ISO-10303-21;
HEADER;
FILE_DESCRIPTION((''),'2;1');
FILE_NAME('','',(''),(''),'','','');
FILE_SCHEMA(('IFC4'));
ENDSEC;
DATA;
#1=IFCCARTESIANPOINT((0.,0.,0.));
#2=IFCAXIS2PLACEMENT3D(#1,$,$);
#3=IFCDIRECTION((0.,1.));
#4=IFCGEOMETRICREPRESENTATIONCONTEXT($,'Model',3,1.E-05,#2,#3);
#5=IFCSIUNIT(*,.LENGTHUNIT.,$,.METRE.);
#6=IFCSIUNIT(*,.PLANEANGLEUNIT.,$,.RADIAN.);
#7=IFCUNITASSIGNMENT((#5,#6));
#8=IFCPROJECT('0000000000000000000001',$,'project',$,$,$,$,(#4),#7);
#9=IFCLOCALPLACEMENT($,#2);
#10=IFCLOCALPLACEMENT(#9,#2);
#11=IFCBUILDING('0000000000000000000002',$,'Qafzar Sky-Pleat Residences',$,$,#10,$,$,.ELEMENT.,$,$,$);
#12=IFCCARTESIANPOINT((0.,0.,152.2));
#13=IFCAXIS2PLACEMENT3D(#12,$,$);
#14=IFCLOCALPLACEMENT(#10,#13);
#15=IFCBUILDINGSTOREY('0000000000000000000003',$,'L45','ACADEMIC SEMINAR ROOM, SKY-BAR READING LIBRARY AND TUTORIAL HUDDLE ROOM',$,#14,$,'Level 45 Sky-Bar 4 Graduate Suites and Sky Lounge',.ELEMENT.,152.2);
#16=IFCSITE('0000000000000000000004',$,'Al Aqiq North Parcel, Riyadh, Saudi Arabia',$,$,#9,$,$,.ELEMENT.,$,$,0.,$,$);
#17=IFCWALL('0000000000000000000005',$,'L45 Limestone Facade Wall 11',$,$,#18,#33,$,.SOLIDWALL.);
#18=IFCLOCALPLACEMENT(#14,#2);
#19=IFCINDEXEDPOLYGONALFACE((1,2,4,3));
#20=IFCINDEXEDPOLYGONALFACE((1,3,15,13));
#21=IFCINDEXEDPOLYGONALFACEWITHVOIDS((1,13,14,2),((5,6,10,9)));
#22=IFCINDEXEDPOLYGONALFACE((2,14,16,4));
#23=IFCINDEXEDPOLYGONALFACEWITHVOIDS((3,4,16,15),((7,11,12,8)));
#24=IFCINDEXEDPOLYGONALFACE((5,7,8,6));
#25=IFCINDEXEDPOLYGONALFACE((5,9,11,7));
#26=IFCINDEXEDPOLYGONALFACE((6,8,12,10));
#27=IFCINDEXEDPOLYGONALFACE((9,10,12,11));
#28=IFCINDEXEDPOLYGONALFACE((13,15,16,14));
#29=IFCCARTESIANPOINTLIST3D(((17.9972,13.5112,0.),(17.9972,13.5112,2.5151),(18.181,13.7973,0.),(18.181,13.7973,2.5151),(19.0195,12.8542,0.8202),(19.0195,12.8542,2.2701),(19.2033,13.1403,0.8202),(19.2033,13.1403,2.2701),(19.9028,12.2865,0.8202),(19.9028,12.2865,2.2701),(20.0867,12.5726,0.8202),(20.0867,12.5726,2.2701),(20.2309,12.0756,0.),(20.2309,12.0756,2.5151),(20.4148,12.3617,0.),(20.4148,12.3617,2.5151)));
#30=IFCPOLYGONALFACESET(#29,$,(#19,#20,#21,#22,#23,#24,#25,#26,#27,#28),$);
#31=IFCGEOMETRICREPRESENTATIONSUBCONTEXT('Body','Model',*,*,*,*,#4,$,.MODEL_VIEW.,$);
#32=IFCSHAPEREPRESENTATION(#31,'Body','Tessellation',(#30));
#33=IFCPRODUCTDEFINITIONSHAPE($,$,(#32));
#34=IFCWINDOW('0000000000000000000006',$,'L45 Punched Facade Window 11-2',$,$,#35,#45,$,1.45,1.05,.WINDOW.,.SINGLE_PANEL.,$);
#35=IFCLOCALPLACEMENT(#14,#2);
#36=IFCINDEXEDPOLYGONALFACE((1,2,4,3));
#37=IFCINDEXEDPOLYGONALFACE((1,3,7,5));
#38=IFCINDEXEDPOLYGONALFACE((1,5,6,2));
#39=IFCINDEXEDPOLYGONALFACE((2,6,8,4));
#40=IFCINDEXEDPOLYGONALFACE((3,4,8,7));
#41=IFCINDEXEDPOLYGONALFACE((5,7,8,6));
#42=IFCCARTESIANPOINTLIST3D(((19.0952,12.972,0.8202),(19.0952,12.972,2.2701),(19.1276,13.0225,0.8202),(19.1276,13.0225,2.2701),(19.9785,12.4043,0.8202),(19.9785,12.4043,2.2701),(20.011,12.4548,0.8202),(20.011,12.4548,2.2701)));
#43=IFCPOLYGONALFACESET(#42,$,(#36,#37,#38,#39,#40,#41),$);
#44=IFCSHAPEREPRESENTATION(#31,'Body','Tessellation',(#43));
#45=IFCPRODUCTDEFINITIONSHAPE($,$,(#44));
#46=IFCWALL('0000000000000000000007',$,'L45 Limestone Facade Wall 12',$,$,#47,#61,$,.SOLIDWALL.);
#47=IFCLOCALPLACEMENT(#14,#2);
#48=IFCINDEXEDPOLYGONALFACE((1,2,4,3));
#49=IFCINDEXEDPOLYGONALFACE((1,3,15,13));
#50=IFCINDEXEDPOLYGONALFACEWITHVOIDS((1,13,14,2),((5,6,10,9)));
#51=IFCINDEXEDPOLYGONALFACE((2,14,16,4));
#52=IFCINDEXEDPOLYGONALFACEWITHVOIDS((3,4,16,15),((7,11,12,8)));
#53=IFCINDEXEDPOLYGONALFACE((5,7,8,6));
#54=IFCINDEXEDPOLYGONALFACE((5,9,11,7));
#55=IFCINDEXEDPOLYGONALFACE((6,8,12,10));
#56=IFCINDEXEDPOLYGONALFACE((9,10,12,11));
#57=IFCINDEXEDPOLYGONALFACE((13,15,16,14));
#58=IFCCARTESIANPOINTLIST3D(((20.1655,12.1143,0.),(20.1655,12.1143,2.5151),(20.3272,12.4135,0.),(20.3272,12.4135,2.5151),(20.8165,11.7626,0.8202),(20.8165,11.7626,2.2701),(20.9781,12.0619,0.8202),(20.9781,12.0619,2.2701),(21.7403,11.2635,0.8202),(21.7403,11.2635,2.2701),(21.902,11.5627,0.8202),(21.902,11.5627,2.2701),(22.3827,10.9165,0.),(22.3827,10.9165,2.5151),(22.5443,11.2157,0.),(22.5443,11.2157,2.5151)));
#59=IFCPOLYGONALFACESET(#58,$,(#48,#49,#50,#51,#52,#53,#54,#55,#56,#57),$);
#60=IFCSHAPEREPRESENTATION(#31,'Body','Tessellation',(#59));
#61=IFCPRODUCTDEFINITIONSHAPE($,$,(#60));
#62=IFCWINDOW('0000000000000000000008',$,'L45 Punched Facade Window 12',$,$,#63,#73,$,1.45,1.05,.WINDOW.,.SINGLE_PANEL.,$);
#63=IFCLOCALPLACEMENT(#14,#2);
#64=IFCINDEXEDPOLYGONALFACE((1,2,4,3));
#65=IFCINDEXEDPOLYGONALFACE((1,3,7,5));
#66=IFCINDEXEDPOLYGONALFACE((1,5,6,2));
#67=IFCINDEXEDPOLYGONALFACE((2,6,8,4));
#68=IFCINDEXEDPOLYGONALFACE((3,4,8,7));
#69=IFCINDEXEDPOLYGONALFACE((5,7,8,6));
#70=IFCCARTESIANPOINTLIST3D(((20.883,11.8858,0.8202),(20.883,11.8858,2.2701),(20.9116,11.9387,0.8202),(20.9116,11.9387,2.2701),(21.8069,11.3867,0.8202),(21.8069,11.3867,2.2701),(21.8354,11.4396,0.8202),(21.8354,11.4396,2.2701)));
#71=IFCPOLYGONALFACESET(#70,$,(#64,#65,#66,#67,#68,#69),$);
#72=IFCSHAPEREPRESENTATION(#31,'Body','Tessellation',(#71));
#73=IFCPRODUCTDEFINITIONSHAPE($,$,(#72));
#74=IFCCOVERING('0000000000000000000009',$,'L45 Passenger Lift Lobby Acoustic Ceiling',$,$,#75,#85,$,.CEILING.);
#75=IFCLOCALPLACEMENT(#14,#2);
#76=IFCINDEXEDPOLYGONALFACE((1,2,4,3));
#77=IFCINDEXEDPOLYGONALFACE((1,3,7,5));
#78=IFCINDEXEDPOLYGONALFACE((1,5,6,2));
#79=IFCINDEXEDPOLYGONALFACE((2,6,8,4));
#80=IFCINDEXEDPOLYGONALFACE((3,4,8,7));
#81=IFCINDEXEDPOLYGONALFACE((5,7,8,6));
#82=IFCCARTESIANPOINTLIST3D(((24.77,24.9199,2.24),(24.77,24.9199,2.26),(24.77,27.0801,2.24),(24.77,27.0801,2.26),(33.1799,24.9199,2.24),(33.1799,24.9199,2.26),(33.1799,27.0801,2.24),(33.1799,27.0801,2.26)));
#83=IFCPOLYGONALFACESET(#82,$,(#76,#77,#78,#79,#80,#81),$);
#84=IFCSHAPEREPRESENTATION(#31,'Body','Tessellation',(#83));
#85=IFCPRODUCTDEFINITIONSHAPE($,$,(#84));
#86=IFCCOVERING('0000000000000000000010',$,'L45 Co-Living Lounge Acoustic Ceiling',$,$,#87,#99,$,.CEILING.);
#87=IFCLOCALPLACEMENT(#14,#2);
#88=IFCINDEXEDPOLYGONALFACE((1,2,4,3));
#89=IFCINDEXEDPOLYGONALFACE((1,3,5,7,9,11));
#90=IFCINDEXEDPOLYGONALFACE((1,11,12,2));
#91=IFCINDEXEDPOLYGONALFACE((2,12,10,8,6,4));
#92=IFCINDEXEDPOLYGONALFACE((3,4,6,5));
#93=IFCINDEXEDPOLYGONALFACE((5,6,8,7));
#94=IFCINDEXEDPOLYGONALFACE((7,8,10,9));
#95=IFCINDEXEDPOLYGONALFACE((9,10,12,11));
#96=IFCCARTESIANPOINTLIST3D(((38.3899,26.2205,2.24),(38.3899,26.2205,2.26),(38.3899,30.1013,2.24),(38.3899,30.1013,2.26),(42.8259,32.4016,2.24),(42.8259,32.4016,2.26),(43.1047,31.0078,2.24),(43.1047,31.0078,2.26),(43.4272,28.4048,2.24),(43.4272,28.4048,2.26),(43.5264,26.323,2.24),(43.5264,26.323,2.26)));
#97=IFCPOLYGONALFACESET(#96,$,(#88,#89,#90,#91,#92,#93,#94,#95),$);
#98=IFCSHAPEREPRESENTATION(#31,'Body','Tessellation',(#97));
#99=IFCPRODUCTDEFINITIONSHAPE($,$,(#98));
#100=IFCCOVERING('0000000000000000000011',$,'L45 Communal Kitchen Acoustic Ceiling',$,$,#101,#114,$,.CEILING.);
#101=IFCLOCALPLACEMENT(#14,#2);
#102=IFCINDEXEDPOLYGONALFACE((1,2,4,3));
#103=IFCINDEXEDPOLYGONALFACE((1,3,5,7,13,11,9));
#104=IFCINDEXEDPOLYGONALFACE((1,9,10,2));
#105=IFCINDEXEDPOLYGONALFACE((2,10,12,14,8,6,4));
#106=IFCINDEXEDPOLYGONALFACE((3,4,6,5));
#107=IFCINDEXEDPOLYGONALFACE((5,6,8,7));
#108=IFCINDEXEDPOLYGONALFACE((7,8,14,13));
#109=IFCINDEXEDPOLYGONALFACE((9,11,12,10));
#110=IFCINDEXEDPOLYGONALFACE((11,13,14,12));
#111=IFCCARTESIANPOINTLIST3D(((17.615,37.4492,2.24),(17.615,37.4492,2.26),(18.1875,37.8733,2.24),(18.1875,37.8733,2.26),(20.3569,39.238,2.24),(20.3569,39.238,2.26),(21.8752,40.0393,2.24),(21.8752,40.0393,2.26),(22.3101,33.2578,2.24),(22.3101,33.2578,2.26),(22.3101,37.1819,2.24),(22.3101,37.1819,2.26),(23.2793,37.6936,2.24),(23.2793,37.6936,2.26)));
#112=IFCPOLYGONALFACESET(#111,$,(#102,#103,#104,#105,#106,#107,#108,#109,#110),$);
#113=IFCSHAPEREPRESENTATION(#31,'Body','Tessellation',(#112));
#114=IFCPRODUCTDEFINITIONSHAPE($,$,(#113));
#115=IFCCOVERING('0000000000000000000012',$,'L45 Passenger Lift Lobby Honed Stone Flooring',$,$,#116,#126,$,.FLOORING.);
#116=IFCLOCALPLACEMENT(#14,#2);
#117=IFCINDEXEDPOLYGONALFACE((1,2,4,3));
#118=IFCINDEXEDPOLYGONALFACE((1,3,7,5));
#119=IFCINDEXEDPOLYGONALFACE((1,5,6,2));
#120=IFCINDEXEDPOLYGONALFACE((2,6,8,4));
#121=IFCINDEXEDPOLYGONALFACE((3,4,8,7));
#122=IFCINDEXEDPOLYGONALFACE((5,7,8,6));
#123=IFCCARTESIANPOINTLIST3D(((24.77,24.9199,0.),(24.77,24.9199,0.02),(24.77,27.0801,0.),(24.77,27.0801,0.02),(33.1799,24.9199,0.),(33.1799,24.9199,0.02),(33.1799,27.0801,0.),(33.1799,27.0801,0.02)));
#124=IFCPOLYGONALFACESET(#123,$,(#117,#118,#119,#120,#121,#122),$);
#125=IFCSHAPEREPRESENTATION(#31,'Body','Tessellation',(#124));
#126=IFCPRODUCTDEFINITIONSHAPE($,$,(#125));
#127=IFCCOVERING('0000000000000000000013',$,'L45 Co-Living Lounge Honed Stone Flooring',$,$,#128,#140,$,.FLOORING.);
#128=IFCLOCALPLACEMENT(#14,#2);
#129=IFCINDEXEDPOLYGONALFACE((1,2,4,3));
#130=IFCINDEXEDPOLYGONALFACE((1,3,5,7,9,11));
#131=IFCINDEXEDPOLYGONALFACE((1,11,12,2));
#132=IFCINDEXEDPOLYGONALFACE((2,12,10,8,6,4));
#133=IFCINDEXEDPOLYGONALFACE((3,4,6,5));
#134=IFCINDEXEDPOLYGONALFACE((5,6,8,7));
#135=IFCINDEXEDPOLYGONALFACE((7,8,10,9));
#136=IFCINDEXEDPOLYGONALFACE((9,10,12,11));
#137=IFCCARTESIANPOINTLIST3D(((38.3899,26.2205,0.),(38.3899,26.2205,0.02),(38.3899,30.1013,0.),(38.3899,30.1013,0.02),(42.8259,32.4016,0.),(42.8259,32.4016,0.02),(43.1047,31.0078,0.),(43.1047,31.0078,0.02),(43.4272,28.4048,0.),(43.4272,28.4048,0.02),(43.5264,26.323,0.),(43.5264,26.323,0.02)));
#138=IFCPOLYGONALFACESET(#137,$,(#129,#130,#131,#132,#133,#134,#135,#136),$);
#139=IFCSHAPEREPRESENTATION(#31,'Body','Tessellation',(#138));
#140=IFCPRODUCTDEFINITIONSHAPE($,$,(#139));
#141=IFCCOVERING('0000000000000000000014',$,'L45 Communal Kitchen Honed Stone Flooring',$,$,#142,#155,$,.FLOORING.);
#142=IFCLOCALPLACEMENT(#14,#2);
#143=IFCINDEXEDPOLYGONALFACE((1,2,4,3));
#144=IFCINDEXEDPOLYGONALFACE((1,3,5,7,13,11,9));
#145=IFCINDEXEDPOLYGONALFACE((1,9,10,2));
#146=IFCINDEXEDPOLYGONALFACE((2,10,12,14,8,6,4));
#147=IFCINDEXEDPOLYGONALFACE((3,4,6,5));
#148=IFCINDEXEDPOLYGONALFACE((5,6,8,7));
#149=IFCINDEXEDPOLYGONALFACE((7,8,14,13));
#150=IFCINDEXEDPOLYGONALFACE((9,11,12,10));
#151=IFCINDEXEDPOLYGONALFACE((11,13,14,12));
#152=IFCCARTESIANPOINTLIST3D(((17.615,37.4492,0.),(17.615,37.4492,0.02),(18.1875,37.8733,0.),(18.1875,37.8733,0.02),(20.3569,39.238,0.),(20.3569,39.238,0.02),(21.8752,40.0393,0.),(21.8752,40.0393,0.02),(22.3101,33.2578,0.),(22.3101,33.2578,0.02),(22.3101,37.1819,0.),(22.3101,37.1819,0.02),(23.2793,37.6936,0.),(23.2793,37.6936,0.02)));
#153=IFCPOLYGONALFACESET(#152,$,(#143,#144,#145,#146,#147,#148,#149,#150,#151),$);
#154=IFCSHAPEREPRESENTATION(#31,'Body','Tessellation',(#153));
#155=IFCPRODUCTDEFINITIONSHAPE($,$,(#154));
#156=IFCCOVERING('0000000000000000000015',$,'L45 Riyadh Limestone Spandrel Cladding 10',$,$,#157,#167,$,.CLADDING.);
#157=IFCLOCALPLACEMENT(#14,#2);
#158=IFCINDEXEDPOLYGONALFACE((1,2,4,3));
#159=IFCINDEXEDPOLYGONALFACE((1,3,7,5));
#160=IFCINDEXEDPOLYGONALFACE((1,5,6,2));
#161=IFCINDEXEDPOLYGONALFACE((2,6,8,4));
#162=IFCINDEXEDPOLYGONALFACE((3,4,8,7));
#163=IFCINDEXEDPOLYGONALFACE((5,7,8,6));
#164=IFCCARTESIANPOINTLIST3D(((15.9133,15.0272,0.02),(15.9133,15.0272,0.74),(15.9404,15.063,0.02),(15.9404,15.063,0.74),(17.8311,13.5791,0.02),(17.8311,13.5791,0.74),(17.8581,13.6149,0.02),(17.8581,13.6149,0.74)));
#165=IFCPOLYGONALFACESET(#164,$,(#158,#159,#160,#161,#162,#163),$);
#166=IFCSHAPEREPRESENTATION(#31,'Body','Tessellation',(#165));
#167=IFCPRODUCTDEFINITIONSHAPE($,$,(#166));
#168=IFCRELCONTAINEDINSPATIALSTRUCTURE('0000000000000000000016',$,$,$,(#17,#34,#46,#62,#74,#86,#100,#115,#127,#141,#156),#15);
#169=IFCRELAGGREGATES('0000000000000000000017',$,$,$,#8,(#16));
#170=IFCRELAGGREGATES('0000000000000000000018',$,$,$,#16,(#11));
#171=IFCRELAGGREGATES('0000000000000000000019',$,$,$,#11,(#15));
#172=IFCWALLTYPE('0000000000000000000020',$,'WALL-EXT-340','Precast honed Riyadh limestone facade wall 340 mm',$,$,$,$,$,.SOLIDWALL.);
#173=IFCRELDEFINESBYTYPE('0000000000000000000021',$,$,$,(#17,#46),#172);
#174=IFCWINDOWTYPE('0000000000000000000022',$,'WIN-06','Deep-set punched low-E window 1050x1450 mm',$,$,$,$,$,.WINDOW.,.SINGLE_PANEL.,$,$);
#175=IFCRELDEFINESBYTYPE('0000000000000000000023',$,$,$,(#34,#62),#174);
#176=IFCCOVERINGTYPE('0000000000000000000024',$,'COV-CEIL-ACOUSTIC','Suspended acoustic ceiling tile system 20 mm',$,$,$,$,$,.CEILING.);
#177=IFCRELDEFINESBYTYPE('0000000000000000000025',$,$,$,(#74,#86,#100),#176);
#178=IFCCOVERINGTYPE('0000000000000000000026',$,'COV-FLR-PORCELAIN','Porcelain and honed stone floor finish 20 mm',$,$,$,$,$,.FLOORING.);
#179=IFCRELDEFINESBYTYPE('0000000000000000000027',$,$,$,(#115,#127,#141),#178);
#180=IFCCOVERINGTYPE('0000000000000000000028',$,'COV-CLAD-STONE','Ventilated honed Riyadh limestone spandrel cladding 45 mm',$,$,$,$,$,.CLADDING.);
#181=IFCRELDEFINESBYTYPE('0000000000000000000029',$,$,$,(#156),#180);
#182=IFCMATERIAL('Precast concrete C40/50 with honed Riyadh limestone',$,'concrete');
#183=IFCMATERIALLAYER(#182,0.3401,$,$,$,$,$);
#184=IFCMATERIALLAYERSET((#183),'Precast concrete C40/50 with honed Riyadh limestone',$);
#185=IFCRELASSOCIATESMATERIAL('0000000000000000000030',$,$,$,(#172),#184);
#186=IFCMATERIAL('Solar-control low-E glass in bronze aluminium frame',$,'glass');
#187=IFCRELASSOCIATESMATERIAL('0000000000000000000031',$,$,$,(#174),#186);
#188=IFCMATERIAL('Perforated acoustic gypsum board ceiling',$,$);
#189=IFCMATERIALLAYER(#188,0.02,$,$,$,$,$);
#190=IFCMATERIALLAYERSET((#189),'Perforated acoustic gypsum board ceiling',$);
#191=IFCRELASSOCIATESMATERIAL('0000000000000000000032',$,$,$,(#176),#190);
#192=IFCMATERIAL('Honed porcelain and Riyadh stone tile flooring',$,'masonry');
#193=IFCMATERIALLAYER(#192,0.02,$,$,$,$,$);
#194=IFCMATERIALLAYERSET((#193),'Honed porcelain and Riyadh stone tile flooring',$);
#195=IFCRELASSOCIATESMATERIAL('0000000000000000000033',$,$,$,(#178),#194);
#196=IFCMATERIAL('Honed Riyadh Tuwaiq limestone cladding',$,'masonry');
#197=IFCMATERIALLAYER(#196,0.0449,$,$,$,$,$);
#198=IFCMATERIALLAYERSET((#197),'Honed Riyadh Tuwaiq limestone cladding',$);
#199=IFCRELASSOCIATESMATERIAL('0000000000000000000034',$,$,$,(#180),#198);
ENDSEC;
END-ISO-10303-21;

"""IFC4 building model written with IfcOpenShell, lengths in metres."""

from ifc_helpers import new_model, si_unit, direction, frame, frame_2d, origin, origin_2d, place, context, subcontext, project, spatial, polyline, rectangle, outline, extrude, source, transform, mapped, material, layer, layer_set, type_object, element, fill, save


model = new_model("IFC4")

# Units and contexts
model_context = context("Model", 3, precision=1e-05, world=origin(), true_north=direction((0.0, 1.0)))
body_context = subcontext(model_context, "Body", "Model", "MODEL_VIEW")
ifc_project = project(units=[si_unit("LENGTHUNIT", "METRE"), si_unit("PLANEANGLEUNIT", "RADIAN")], contexts=[model_context])

# Site, building, storey
site_placement = place(None, origin())
site = spatial("IfcSite", under=ifc_project, at=site_placement, Name="Al Aqiq North Parcel, Riyadh, Saudi Arabia", CompositionType="ELEMENT", RefElevation=0.0)
building_placement = place(site_placement, origin())
building = spatial("IfcBuilding", under=site, at=building_placement, Name="Qafzar Sky-Pleat Residences", CompositionType="ELEMENT")
storey_placement = place(building_placement, frame((0.0, 0.0, 152.2)))
storey = spatial("IfcBuildingStorey", under=building, at=storey_placement, Name="L45", Description="ACADEMIC SEMINAR ROOM, SKY-BAR READING LIBRARY AND TUTORIAL HUDDLE ROOM", LongName="Level 45 Sky-Bar 4 Graduate Suites and Sky Lounge", CompositionType="ELEMENT", Elevation=152.2)

# Walls, openings, windows
ifc_material_1 = material(Name="Precast concrete C40/50 with honed Riyadh limestone", Category="concrete")
ifc_layer_1 = layer(ifc_material_1, 0.3401)
ifc_layer_set_1 = layer_set([ifc_layer_1], Name="Precast concrete C40/50 with honed Riyadh limestone")
wall_type_1 = type_object("IfcWallType", Name="WALL-EXT-340", Description="Precast honed Riyadh limestone facade wall 340 mm", PredefinedType="SOLIDWALL", material=ifc_layer_set_1)
ifc_material_2 = material(Name="Solar-control low-E glass in bronze aluminium frame", Category="glass")
wall_1_placement = place(storey_placement, frame((18.0891, 13.6543, 0.0), z_axis=(0.0, 0.0, 1.0), x_axis=(0.841241, -0.54066, 0.0)))
wall_1 = element("IfcWall", 1, at=wall_1_placement, inside=storey, type_object=wall_type_1, Name="L45 Limestone Facade Wall 11", PredefinedType="SOLIDWALL", context=body_context, shape_type="SweptSolid", body=[
    extrude(rectangle(XDim=2.6553, YDim=0.3401, at=frame_2d((1.3276, 0.0))), origin(), (0.0, 0.0, 1.0), 2.5151),
])
opening_1_placement = place(wall_1_placement, frame((1.2153, 0.0, 0.8201)))
opening_1 = element("IfcOpeningElement", 2, at=opening_1_placement, cuts=wall_1, PredefinedType="OPENING", context=body_context, shape_type="SweptSolid", body=[
    extrude(rectangle(XDim=1.05, YDim=1.45, at=frame_2d((0.5249, 0.7251))), frame((0.0, 0.1802, 0.0), z_axis=(0.0, -1.0, 0.0), x_axis=(1.0, 0.0, 0.0)), (0.0, 0.0, 1.0), 0.3601),
])
window_type_1 = type_object("IfcWindowType", Name="WIN-06", Description="Deep-set punched low-E window 1050x1450 mm", PartitioningType="SINGLE_PANEL", PredefinedType="WINDOW", material=ifc_material_2)
shared_shape_1 = source(origin(), body_context, "Body", "SweptSolid", [
    extrude(rectangle(XDim=1.05, YDim=1.45, at=frame_2d((0.5249, 0.7251))), frame((0.0, 0.03, 0.0), z_axis=(0.0, -1.0, 0.0), x_axis=(1.0, 0.0, 0.0)), (0.0, 0.0, 1.0), 0.0601),
])
window_1_placement = place(opening_1_placement, origin())
window_1 = element("IfcWindow", 3, at=window_1_placement, inside=storey, type_object=window_type_1, Name="L45 Punched Facade Window 11-2", OverallHeight=1.45, OverallWidth=1.05, PartitioningType="SINGLE_PANEL", PredefinedType="WINDOW", context=body_context, shape_type="MappedRepresentation", body=[
    mapped(shared_shape_1, transform((0.0, 0.0, 0.0), x_axis=(1.0, 0.0, 0.0), y_axis=(0.0, 1.0, 0.0), z_axis=(0.0, 0.0, 1.0), scale=1.0)),
])
fill(opening_1, window_1)
wall_2_placement = place(storey_placement, frame((20.2463, 12.2639, 0.0), z_axis=(0.0, 0.0, 1.0), x_axis=(0.879814, -0.475318, 0.0)))
wall_2 = element("IfcWall", 4, at=wall_2_placement, inside=storey, type_object=wall_type_1, Name="L45 Limestone Facade Wall 12", PredefinedType="SOLIDWALL", context=body_context, shape_type="SweptSolid", body=[
    extrude(rectangle(XDim=2.52, YDim=0.3401, at=frame_2d((1.26, 0.0))), origin(), (0.0, 0.0, 1.0), 2.5151),
])
opening_2_placement = place(wall_2_placement, frame((0.74, 0.0, 0.8201)))
opening_2 = element("IfcOpeningElement", 5, at=opening_2_placement, cuts=wall_2, PredefinedType="OPENING", context=body_context, shape_type="SweptSolid", body=[
    extrude(rectangle(XDim=1.05, YDim=1.45, at=frame_2d((0.5249, 0.7251))), frame((0.0, 0.1802, 0.0), z_axis=(0.0, -1.0, 0.0), x_axis=(1.0, 0.0, 0.0)), (0.0, 0.0, 1.0), 0.3601),
])
window_2_placement = place(opening_2_placement, origin())
window_2 = element("IfcWindow", 6, at=window_2_placement, inside=storey, type_object=window_type_1, Name="L45 Punched Facade Window 12", OverallHeight=1.45, OverallWidth=1.05, PartitioningType="SINGLE_PANEL", PredefinedType="WINDOW", context=body_context, shape_type="MappedRepresentation", body=[
    mapped(shared_shape_1, transform((0.0, 0.0, 0.0), x_axis=(1.0, 0.0, 0.0), y_axis=(0.0, 1.0, 0.0), z_axis=(0.0, 0.0, 1.0), scale=1.0)),
])
fill(opening_2, window_2)

# Coverings
ifc_material_3 = material(Name="Perforated acoustic gypsum board ceiling")
ifc_layer_2 = layer(ifc_material_3, 0.02)
ifc_layer_set_2 = layer_set([ifc_layer_2], Name="Perforated acoustic gypsum board ceiling")
covering_type_1 = type_object("IfcCoveringType", Name="COV-CEIL-ACOUSTIC", Description="Suspended acoustic ceiling tile system 20 mm", PredefinedType="CEILING", material=ifc_layer_set_2)
covering_1_placement = place(storey_placement, frame((0.0, 0.0, 2.24)))
element("IfcCovering", 7, at=covering_1_placement, inside=storey, type_object=covering_type_1, Name="L45 Passenger Lift Lobby Acoustic Ceiling", PredefinedType="CEILING", context=body_context, shape_type="SweptSolid", body=[
    extrude(outline(polyline([(33.1799, 24.9199), (24.77, 24.9199), (24.77, 27.0801), (33.1799, 27.0801), (33.1799, 24.9199)])), origin(), (0.0, 0.0, 1.0), 0.02),
])
covering_2_placement = place(storey_placement, frame((0.0, 0.0, 2.24)))
element("IfcCovering", 8, at=covering_2_placement, inside=storey, type_object=covering_type_1, Name="L45 Co-Living Lounge Acoustic Ceiling", PredefinedType="CEILING", context=body_context, shape_type="SweptSolid", body=[
    extrude(outline(polyline([(43.1047, 31.0078), (43.4272, 28.4048), (43.5264, 26.323), (38.3899, 26.2205), (38.3899, 30.1013), (42.8259, 32.4016), (43.1047, 31.0078)])), origin(), (0.0, 0.0, 1.0), 0.02),
])
covering_3_placement = place(storey_placement, frame((0.0, 0.0, 2.24)))
element("IfcCovering", 9, at=covering_3_placement, inside=storey, type_object=covering_type_1, Name="L45 Communal Kitchen Acoustic Ceiling", PredefinedType="CEILING", context=body_context, shape_type="SweptSolid", body=[
    extrude(outline(polyline([(18.1875, 37.8733), (20.3569, 39.238), (21.8752, 40.0393), (23.2793, 37.6936), (22.3101, 37.1819), (22.3101, 33.2578), (17.615, 37.4492), (18.1875, 37.8733)])), origin(), (0.0, 0.0, 1.0), 0.02),
])
ifc_material_4 = material(Name="Honed porcelain and Riyadh stone tile flooring", Category="masonry")
ifc_layer_3 = layer(ifc_material_4, 0.02)
ifc_layer_set_3 = layer_set([ifc_layer_3], Name="Honed porcelain and Riyadh stone tile flooring")
covering_type_2 = type_object("IfcCoveringType", Name="COV-FLR-PORCELAIN", Description="Porcelain and honed stone floor finish 20 mm", PredefinedType="FLOORING", material=ifc_layer_set_3)
covering_4_placement = place(storey_placement, origin())
element("IfcCovering", 10, at=covering_4_placement, inside=storey, type_object=covering_type_2, Name="L45 Passenger Lift Lobby Honed Stone Flooring", PredefinedType="FLOORING", context=body_context, shape_type="SweptSolid", body=[
    extrude(outline(polyline([(33.1799, 24.9199), (24.77, 24.9199), (24.77, 27.0801), (33.1799, 27.0801), (33.1799, 24.9199)])), origin(), (0.0, 0.0, 1.0), 0.02),
])
covering_5_placement = place(storey_placement, origin())
element("IfcCovering", 11, at=covering_5_placement, inside=storey, type_object=covering_type_2, Name="L45 Co-Living Lounge Honed Stone Flooring", PredefinedType="FLOORING", context=body_context, shape_type="SweptSolid", body=[
    extrude(outline(polyline([(43.1047, 31.0078), (43.4272, 28.4048), (43.5264, 26.323), (38.3899, 26.2205), (38.3899, 30.1013), (42.8259, 32.4016), (43.1047, 31.0078)])), origin(), (0.0, 0.0, 1.0), 0.02),
])
covering_6_placement = place(storey_placement, origin())
element("IfcCovering", 12, at=covering_6_placement, inside=storey, type_object=covering_type_2, Name="L45 Communal Kitchen Honed Stone Flooring", PredefinedType="FLOORING", context=body_context, shape_type="SweptSolid", body=[
    extrude(outline(polyline([(18.1875, 37.8733), (20.3569, 39.238), (21.8752, 40.0393), (23.2793, 37.6936), (22.3101, 37.1819), (22.3101, 33.2578), (17.615, 37.4492), (18.1875, 37.8733)])), origin(), (0.0, 0.0, 1.0), 0.02),
])
ifc_material_5 = material(Name="Honed Riyadh Tuwaiq limestone cladding", Category="masonry")
ifc_layer_4 = layer(ifc_material_5, 0.0449)
ifc_layer_set_4 = layer_set([ifc_layer_4], Name="Honed Riyadh Tuwaiq limestone cladding")
covering_type_3 = type_object("IfcCoveringType", Name="COV-CLAD-STONE", Description="Ventilated honed Riyadh limestone spandrel cladding 45 mm", PredefinedType="CLADDING", material=ifc_layer_set_4)
shared_shape_2 = source(origin(), body_context, "Body", "SweptSolid", [
    extrude(rectangle(XDim=2.4031, YDim=0.0449, at=origin_2d()), origin(), (0.0, 0.0, 1.0), 0.72),
])
covering_7_placement = place(storey_placement, frame((16.8857, 14.321, 0.02), z_axis=(0.0, 0.0, 1.0), x_axis=(0.798032, -0.602615, 0.0)))
element("IfcCovering", 13, at=covering_7_placement, inside=storey, type_object=covering_type_3, Name="L45 Riyadh Limestone Spandrel Cladding 10", PredefinedType="CLADDING", context=body_context, shape_type="MappedRepresentation", body=[
    mapped(shared_shape_2, transform((0.0, 0.0, 0.0), x_axis=(1.0, 0.0, 0.0), y_axis=(0.0, 1.0, 0.0), z_axis=(0.0, 0.0, 1.0), scale=1.0)),
])

save(model, "model.ifc")
